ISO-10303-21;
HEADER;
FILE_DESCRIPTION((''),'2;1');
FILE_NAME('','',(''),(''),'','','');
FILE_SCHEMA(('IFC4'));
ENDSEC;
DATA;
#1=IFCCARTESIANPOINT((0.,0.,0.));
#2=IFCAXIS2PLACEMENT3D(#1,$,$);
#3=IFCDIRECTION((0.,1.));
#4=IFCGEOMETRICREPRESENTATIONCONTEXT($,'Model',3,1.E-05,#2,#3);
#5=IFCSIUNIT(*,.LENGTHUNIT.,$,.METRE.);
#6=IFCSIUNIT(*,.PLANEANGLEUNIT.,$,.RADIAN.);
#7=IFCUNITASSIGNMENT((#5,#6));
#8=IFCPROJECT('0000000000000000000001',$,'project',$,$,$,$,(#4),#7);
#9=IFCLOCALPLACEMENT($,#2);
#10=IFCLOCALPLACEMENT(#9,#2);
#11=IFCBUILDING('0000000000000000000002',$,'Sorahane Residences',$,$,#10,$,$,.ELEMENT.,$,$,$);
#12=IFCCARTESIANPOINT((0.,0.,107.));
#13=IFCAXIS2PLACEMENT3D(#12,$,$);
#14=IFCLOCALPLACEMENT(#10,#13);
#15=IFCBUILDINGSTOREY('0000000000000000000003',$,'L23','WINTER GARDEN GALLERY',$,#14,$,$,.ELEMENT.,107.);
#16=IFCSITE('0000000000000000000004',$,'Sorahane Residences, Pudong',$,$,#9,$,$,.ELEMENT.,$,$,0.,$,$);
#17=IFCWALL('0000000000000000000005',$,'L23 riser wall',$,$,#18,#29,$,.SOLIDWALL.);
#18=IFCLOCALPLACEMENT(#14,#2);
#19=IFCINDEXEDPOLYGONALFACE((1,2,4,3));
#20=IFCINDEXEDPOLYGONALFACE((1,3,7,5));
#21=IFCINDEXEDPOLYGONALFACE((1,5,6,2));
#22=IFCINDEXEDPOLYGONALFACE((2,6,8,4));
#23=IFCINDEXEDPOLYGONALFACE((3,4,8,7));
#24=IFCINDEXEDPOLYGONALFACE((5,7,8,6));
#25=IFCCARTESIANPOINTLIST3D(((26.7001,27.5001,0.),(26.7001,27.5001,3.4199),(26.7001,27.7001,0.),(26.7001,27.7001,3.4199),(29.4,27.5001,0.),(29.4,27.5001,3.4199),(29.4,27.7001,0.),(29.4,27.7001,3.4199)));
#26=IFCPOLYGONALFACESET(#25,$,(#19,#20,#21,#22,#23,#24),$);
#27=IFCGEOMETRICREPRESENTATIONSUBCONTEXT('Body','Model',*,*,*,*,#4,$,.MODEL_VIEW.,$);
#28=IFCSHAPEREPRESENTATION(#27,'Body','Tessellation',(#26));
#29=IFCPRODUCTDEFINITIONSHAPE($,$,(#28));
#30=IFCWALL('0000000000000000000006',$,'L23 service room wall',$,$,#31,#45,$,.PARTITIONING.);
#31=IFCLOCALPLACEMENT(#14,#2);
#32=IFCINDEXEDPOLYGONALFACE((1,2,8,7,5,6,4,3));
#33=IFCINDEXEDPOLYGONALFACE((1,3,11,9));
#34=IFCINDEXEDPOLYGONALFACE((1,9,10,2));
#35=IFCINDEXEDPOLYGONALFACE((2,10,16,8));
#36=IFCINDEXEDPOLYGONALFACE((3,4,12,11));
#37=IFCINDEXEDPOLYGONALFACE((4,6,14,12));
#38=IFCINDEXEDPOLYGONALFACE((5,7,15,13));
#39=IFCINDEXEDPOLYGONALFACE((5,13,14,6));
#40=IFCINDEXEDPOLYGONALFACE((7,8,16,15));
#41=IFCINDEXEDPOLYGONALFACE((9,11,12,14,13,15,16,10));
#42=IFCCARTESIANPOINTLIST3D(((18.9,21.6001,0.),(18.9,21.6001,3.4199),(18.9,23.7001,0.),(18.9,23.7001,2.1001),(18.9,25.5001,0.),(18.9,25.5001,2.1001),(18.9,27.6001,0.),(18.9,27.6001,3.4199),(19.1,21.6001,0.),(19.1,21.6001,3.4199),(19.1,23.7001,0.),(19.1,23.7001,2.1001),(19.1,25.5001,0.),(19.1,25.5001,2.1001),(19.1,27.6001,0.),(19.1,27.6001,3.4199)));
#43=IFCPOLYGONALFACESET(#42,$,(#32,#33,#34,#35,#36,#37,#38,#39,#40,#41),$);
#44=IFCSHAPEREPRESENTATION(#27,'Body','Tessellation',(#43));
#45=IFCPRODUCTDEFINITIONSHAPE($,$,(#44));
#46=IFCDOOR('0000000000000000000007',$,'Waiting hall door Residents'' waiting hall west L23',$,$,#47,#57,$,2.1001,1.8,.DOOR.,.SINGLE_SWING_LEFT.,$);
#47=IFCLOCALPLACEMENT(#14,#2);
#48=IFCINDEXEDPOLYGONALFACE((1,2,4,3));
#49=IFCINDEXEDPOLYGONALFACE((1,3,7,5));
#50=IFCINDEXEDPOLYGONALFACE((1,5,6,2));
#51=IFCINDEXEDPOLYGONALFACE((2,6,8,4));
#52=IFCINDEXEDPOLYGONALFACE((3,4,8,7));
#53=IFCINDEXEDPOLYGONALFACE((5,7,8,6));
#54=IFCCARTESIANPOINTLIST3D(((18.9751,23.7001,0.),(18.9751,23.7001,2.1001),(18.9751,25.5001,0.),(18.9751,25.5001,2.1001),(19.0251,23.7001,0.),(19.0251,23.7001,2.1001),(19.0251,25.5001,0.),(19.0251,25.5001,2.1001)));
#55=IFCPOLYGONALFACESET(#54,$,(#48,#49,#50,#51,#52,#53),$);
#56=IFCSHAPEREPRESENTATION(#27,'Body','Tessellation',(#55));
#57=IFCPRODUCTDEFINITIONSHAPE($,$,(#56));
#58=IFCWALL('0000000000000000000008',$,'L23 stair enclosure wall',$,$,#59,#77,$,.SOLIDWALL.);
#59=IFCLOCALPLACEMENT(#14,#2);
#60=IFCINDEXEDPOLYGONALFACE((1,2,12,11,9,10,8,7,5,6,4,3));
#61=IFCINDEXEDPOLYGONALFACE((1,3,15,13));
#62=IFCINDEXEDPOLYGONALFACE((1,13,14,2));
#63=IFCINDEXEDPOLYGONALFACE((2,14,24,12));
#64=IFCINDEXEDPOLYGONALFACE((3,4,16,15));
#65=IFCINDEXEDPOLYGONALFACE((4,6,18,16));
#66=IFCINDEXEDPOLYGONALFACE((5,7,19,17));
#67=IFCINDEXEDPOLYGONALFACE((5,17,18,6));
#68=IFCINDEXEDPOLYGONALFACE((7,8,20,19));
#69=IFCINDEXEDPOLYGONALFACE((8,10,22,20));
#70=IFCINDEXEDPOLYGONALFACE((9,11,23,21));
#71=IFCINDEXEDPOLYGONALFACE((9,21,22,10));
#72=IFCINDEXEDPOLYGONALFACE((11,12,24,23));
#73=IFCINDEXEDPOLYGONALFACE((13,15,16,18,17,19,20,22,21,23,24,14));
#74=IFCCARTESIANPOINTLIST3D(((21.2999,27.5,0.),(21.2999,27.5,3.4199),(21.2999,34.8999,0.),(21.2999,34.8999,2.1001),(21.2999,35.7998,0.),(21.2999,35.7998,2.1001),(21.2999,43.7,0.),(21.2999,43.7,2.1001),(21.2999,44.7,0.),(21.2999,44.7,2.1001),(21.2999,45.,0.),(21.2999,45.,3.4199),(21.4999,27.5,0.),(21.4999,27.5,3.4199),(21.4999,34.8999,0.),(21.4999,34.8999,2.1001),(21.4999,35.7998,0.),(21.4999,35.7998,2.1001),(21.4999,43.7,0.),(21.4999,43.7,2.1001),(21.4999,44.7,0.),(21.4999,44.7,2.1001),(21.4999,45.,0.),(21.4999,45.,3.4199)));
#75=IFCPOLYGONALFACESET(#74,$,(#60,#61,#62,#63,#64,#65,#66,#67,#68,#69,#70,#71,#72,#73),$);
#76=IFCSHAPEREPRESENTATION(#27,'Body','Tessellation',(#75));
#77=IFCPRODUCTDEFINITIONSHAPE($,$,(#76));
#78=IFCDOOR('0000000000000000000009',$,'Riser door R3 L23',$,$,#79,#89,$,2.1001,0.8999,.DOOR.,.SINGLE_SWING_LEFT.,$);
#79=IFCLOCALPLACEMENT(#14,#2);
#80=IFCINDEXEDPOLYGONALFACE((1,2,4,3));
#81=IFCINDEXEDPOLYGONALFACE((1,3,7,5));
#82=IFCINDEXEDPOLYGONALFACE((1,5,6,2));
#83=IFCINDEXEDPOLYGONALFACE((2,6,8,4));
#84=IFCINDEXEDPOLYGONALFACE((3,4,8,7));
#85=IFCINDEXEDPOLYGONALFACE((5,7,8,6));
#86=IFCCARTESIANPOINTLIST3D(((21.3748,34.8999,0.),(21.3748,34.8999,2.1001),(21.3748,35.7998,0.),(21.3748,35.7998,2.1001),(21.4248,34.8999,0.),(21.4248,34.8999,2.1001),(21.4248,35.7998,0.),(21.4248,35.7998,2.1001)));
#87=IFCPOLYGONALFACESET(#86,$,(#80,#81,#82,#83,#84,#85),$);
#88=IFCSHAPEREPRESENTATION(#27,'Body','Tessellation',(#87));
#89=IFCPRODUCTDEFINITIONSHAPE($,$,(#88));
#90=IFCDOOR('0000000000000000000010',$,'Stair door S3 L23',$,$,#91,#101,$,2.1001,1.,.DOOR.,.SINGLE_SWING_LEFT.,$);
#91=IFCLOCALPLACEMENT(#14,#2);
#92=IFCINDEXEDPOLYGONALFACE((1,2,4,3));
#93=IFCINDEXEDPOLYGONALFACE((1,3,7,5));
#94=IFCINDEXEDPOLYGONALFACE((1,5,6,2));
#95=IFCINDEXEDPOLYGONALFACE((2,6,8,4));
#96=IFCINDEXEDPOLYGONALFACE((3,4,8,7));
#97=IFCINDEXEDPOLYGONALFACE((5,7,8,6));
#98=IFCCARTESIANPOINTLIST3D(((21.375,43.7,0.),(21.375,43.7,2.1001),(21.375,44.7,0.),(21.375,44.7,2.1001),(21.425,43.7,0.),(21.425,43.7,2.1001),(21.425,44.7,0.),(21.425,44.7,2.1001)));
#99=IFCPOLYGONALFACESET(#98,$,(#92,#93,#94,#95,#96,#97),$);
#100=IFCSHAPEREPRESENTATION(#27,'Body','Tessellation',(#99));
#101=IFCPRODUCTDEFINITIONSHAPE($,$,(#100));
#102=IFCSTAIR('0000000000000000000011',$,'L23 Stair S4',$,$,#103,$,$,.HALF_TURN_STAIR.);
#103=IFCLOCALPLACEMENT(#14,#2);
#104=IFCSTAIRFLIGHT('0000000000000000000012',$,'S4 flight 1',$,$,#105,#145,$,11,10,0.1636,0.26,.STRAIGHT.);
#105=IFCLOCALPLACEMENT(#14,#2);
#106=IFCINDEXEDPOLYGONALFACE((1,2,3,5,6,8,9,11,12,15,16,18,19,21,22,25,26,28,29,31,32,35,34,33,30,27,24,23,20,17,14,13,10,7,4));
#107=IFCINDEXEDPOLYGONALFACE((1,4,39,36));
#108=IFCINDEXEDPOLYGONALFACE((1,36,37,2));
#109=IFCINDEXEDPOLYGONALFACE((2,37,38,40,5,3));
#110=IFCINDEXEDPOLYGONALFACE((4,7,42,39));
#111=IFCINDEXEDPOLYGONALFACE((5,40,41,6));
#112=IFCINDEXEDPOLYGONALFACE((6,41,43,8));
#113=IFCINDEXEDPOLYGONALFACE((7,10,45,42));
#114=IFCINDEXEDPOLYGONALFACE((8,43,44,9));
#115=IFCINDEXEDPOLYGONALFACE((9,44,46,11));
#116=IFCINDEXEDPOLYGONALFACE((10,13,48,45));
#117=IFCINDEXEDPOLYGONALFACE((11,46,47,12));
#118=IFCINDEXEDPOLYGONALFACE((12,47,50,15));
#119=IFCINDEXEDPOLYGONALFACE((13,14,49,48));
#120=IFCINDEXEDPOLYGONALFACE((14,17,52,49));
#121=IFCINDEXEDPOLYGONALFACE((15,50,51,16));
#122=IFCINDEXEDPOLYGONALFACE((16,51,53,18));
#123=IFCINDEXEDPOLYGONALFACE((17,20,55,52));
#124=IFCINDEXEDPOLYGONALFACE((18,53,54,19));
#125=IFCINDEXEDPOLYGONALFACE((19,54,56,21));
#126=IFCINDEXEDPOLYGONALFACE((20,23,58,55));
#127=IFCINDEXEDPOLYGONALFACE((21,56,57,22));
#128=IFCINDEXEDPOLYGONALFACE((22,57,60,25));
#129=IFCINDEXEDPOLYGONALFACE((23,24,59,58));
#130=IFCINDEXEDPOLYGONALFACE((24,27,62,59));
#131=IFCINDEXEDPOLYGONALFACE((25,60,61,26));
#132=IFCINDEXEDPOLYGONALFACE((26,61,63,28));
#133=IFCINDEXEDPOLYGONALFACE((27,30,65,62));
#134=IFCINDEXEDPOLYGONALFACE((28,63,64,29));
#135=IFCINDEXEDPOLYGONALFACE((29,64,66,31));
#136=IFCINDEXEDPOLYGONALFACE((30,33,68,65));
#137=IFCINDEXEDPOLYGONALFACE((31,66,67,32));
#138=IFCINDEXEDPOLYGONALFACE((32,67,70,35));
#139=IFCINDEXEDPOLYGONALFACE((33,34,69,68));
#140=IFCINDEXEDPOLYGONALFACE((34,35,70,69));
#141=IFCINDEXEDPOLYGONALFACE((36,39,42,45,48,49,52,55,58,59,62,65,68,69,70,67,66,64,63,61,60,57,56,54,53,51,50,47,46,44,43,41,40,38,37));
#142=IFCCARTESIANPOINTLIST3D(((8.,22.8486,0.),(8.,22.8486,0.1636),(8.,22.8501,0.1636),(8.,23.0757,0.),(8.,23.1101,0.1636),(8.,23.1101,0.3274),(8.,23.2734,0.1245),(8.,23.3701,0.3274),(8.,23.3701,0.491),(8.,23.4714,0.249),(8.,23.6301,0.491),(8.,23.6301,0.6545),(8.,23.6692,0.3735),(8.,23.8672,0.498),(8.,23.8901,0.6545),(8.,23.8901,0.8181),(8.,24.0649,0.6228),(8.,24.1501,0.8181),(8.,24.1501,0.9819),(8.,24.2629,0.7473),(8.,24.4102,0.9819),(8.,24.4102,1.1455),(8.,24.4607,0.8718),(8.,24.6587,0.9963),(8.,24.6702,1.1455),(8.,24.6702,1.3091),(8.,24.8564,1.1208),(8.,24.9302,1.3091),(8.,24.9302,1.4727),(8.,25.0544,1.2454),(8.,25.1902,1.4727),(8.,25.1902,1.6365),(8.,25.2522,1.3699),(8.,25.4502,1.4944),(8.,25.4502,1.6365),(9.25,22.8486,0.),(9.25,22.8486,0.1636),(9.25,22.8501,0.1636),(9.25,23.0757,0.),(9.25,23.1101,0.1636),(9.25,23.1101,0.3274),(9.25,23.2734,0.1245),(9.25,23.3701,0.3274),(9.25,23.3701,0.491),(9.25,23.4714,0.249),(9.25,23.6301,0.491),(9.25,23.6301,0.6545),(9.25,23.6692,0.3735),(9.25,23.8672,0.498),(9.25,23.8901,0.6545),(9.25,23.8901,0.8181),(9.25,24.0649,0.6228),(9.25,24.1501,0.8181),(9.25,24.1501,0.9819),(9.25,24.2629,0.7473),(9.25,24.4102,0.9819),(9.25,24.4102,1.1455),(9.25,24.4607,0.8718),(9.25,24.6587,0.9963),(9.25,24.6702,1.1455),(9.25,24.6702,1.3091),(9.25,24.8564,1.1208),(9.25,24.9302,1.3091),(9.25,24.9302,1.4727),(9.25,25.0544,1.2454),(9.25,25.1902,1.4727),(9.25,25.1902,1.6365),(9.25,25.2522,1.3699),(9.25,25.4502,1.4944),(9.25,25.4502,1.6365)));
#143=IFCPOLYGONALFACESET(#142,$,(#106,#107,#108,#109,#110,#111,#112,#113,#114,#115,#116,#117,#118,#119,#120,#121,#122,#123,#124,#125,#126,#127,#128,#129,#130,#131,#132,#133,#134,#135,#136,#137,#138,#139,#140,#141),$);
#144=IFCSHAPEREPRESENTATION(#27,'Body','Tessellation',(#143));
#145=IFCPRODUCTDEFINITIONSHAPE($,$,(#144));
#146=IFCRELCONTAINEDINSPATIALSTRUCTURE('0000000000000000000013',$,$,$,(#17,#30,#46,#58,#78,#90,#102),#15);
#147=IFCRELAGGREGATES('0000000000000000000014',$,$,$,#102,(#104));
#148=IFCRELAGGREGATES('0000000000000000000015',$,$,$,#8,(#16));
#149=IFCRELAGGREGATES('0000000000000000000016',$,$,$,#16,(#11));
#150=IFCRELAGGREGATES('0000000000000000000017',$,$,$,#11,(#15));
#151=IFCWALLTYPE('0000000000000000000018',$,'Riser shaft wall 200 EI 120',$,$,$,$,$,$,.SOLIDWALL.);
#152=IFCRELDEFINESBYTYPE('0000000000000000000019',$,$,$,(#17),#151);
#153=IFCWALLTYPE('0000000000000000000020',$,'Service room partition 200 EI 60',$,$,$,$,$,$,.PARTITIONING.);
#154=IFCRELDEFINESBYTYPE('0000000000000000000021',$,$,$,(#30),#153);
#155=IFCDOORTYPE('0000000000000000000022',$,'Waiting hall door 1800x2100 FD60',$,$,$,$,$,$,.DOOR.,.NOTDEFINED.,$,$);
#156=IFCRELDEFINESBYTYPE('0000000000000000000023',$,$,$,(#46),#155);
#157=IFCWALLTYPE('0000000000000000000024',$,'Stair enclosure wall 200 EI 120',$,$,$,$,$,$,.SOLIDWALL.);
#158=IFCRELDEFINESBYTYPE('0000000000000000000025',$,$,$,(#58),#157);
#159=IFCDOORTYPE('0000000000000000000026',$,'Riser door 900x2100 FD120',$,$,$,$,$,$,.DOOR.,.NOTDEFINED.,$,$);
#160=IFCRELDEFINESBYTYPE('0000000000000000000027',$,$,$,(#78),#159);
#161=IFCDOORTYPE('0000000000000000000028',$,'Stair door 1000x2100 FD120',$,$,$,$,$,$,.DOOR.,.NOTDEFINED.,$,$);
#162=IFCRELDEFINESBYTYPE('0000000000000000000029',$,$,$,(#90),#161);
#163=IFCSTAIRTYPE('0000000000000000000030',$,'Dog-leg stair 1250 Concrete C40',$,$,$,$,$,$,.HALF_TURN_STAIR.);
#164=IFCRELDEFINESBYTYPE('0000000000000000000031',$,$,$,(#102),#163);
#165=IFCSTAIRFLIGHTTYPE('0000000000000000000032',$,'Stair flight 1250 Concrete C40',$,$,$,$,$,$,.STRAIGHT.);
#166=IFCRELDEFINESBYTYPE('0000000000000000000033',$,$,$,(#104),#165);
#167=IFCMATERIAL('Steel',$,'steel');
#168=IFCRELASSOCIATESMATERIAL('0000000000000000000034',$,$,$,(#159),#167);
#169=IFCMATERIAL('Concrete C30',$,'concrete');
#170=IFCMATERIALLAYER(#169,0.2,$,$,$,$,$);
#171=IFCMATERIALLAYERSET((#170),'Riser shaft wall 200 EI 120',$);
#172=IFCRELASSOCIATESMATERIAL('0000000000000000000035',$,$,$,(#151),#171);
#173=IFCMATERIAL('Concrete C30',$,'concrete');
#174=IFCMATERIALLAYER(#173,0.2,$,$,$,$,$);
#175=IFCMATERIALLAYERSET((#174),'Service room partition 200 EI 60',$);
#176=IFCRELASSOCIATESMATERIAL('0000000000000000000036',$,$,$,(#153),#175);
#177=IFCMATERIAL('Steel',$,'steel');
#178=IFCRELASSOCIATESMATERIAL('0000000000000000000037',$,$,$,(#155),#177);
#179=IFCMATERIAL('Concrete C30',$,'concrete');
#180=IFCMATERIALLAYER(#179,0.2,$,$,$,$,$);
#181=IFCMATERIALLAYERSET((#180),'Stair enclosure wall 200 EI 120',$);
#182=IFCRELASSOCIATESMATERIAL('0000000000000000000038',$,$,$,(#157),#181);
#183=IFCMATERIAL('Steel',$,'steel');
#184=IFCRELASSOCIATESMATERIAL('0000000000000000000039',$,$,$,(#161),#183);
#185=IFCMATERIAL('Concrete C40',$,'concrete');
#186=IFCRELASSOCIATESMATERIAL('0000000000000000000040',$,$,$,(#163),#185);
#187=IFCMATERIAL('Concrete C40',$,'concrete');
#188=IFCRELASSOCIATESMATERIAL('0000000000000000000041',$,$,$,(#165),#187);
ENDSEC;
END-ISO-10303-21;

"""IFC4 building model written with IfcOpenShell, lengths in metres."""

from ifc_helpers import new_model, si_unit, direction, frame, frame_2d, origin, place, context, subcontext, project, spatial, polyline, rectangle, outline, extrude, material, layer, layer_set, type_object, element, fill, aggregate, save


model = new_model("IFC4")

# Units and contexts
model_context = context("Model", 3, precision=1e-05, world=origin(), true_north=direction((0.0, 1.0)))
body_context = subcontext(model_context, "Body", "Model", "MODEL_VIEW")
ifc_project = project(units=[si_unit("LENGTHUNIT", "METRE"), si_unit("PLANEANGLEUNIT", "RADIAN")], contexts=[model_context])

# Site, building, storey
site_placement = place(None, origin())
site = spatial("IfcSite", under=ifc_project, at=site_placement, Name="Sorahane Residences, Pudong", CompositionType="ELEMENT", RefElevation=0.0)
building_placement = place(site_placement, origin())
building = spatial("IfcBuilding", under=site, at=building_placement, Name="Sorahane Residences", CompositionType="ELEMENT")
storey_placement = place(building_placement, frame((0.0, 0.0, 107.0)))
storey = spatial("IfcBuildingStorey", under=building, at=storey_placement, Name="L23", Description="WINTER GARDEN GALLERY", CompositionType="ELEMENT", Elevation=107.0)

# Shared definitions
ifc_material_1 = material(Name="Steel", Category="steel")
door_type_1 = type_object("IfcDoorType", Name="Riser door 900x2100 FD120", OperationType="NOTDEFINED", PredefinedType="DOOR", material=ifc_material_1)

# Shared definitions
ifc_material_2 = material(Name="Concrete C30", Category="concrete")
ifc_layer_1 = layer(ifc_material_2, 0.2)
ifc_layer_set_1 = layer_set([ifc_layer_1], Name="Riser shaft wall 200 EI 120")
wall_type_1 = type_object("IfcWallType", Name="Riser shaft wall 200 EI 120", PredefinedType="SOLIDWALL", material=ifc_layer_set_1)

# Wall
wall_1_placement = place(storey_placement, frame((26.7, 27.6001, 0.0), z_axis=(0.0, 0.0, 1.0), x_axis=(1.0, 0.0, 0.0)))
element("IfcWall", 1, at=wall_1_placement, inside=storey, type_object=wall_type_1, Name="L23 riser wall", PredefinedType="SOLIDWALL", context=body_context, shape_type="SweptSolid", body=[
    extrude(rectangle(XDim=2.7, YDim=0.2, at=frame_2d((1.3501, 0.0))), origin(), (0.0, 0.0, 1.0), 3.4199),
])

# Wall, opening, door
ifc_material_3 = material(Name="Concrete C30", Category="concrete")
ifc_layer_2 = layer(ifc_material_3, 0.2)
ifc_layer_set_2 = layer_set([ifc_layer_2], Name="Service room partition 200 EI 60")
wall_type_2 = type_object("IfcWallType", Name="Service room partition 200 EI 60", PredefinedType="PARTITIONING", material=ifc_layer_set_2)
wall_2_placement = place(storey_placement, frame((19.0, 21.6001, 0.0), z_axis=(0.0, 0.0, 1.0), x_axis=(0.0, 1.0, 0.0)))
wall_2 = element("IfcWall", 2, at=wall_2_placement, inside=storey, type_object=wall_type_2, Name="L23 service room wall", PredefinedType="PARTITIONING", context=body_context, shape_type="SweptSolid", body=[
    extrude(rectangle(XDim=6.0, YDim=0.2, at=frame_2d((3.0, 0.0))), origin(), (0.0, 0.0, 1.0), 3.4199),
])
opening_1_placement = place(wall_2_placement, frame((2.1001, 0.0, 0.0)))
opening_1 = element("IfcOpeningElement", 3, at=opening_1_placement, cuts=wall_2, PredefinedType="OPENING", context=body_context, shape_type="SweptSolid", body=[
    extrude(rectangle(XDim=1.8, YDim=2.1001, at=frame_2d((0.8999, 1.05))), frame((0.0, 0.1099, 0.0), z_axis=(0.0, -1.0, 0.0), x_axis=(1.0, 0.0, 0.0)), (0.0, 0.0, 1.0), 0.22),
])
ifc_material_4 = material(Name="Steel", Category="steel")
door_type_2 = type_object("IfcDoorType", Name="Waiting hall door 1800x2100 FD60", OperationType="NOTDEFINED", PredefinedType="DOOR", material=ifc_material_4)
door_1_placement = place(opening_1_placement, origin())
door_1 = element("IfcDoor", 4, at=door_1_placement, inside=storey, type_object=door_type_2, Name="Waiting hall door Residents' waiting hall west L23", OperationType="SINGLE_SWING_LEFT", OverallHeight=2.1001, OverallWidth=1.8, PredefinedType="DOOR", context=body_context, shape_type="SweptSolid", body=[
    extrude(rectangle(XDim=1.8, YDim=2.1001, at=frame_2d((0.8999, 1.05))), frame((0.0, 0.0249, 0.0), z_axis=(0.0, -1.0, 0.0), x_axis=(1.0, 0.0, 0.0)), (0.0, 0.0, 1.0), 0.05),
])
fill(opening_1, door_1)

# Wall, openings, doors
ifc_material_5 = material(Name="Concrete C30", Category="concrete")
ifc_layer_3 = layer(ifc_material_5, 0.2)
ifc_layer_set_3 = layer_set([ifc_layer_3], Name="Stair enclosure wall 200 EI 120")
wall_type_3 = type_object("IfcWallType", Name="Stair enclosure wall 200 EI 120", PredefinedType="SOLIDWALL", material=ifc_layer_set_3)
wall_3_placement = place(storey_placement, frame((21.3999, 27.5, 0.0), z_axis=(0.0, 0.0, 1.0), x_axis=(0.0, 1.0, 0.0)))
wall_3 = element("IfcWall", 5, at=wall_3_placement, inside=storey, type_object=wall_type_3, Name="L23 stair enclosure wall", PredefinedType="SOLIDWALL", context=body_context, shape_type="SweptSolid", body=[
    extrude(rectangle(XDim=17.5, YDim=0.2, at=frame_2d((8.75, 0.0))), origin(), (0.0, 0.0, 1.0), 3.4199),
])
opening_2_placement = place(wall_3_placement, frame((16.2, 0.0, 0.0)))
opening_2 = element("IfcOpeningElement", 6, at=opening_2_placement, cuts=wall_3, PredefinedType="OPENING", context=body_context, shape_type="SweptSolid", body=[
    extrude(rectangle(XDim=1.0, YDim=2.1001, at=frame_2d((0.5, 1.05))), frame((0.0, 0.1099, 0.0), z_axis=(0.0, -1.0, 0.0), x_axis=(1.0, 0.0, 0.0)), (0.0, 0.0, 1.0), 0.22),
])
opening_3_placement = place(wall_3_placement, frame((7.3999, 0.0, 0.0)))
opening_3 = element("IfcOpeningElement", 7, at=opening_3_placement, cuts=wall_3, PredefinedType="OPENING", context=body_context, shape_type="SweptSolid", body=[
    extrude(rectangle(XDim=0.8999, YDim=2.1001, at=frame_2d((0.45, 1.05))), frame((0.0, 0.1099, 0.0), z_axis=(0.0, -1.0, 0.0), x_axis=(1.0, 0.0, 0.0)), (0.0, 0.0, 1.0), 0.22),
])
door_2_placement = place(opening_3_placement, frame((0.8999, 0.0, 0.0), z_axis=(0.0, 0.0, 1.0), x_axis=(-1.0, 0.0, 0.0)))
door_2 = element("IfcDoor", 8, at=door_2_placement, inside=storey, type_object=door_type_1, Name="Riser door R3 L23", OperationType="SINGLE_SWING_LEFT", OverallHeight=2.1001, OverallWidth=0.8999, PredefinedType="DOOR", context=body_context, shape_type="SweptSolid", body=[
    extrude(rectangle(XDim=0.8999, YDim=2.1001, at=frame_2d((0.45, 1.05))), frame((0.0, 0.0249, 0.0), z_axis=(0.0, -1.0, 0.0), x_axis=(1.0, 0.0, 0.0)), (0.0, 0.0, 1.0), 0.05),
])
fill(opening_3, door_2)
ifc_material_6 = material(Name="Steel", Category="steel")
door_type_3 = type_object("IfcDoorType", Name="Stair door 1000x2100 FD120", OperationType="NOTDEFINED", PredefinedType="DOOR", material=ifc_material_6)
door_3_placement = place(opening_2_placement, origin())
door_3 = element("IfcDoor", 9, at=door_3_placement, inside=storey, type_object=door_type_3, Name="Stair door S3 L23", OperationType="SINGLE_SWING_LEFT", OverallHeight=2.1001, OverallWidth=1.0, PredefinedType="DOOR", context=body_context, shape_type="SweptSolid", body=[
    extrude(rectangle(XDim=1.0, YDim=2.1001, at=frame_2d((0.5, 1.05))), frame((0.0, 0.0249, 0.0), z_axis=(0.0, -1.0, 0.0), x_axis=(1.0, 0.0, 0.0)), (0.0, 0.0, 1.0), 0.05),
])
fill(opening_2, door_3)

# Stair, stair flight
ifc_material_7 = material(Name="Concrete C40", Category="concrete")
stair_type = type_object("IfcStairType", Name="Dog-leg stair 1250 Concrete C40", PredefinedType="HALF_TURN_STAIR", material=ifc_material_7)
stair_placement = place(storey_placement, origin())
stair = element("IfcStair", 10, at=stair_placement, inside=storey, type_object=stair_type, Name="L23 Stair S4", PredefinedType="HALF_TURN_STAIR")
ifc_material_8 = material(Name="Concrete C40", Category="concrete")
stair_flight_type = type_object("IfcStairFlightType", Name="Stair flight 1250 Concrete C40", PredefinedType="STRAIGHT", material=ifc_material_8)
stair_flight_placement = place(storey_placement, frame((8.625, 22.8501, 0.0), z_axis=(0.0, 0.0, 1.0), x_axis=(0.0, 1.0, 0.0)))
stair_flight = element("IfcStairFlight", 11, at=stair_flight_placement, type_object=stair_flight_type, Name="S4 flight 1", NumberOfRisers=11, NumberOfTreads=10, PredefinedType="STRAIGHT", RiserHeight=0.1636, TreadLength=0.26, context=body_context, shape_type="SweptSolid", body=[
    extrude(outline(polyline([(-0.0015, 0.0), (-0.0015, 0.1636), (0.0, 0.1636), (0.26, 0.1636), (0.26, 0.3274), (0.52, 0.3274), (0.52, 0.491), (0.78, 0.491), (0.78, 0.6545), (1.04, 0.6545), (1.04, 0.8181), (1.3, 0.8181), (1.3, 0.9819), (1.5601, 0.9819), (1.5601, 1.1455), (1.8201, 1.1455), (1.8201, 1.3091), (2.0801, 1.3091), (2.0801, 1.4727), (2.3401, 1.4727), (2.3401, 1.6365), (2.6001, 1.6365), (2.6001, 1.8), (2.6001, 1.4944), (2.4021, 1.3699), (2.2043, 1.2454), (2.0063, 1.1208), (1.8086, 0.9963), (1.6106, 0.8718), (1.4128, 0.7473), (1.2148, 0.6228), (1.0171, 0.498), (0.8191, 0.3735), (0.6213, 0.249), (0.4233, 0.1245), (0.2256, 0.0), (-0.0015, 0.0)])), frame((0.0, 0.625, 0.0), z_axis=(0.0, -1.0, 0.0), x_axis=(1.0, 0.0, 0.0)), (0.0, 0.0, 1.0), 1.25),
])
aggregate(stair, [stair_flight])

save(model, "model.ifc")
